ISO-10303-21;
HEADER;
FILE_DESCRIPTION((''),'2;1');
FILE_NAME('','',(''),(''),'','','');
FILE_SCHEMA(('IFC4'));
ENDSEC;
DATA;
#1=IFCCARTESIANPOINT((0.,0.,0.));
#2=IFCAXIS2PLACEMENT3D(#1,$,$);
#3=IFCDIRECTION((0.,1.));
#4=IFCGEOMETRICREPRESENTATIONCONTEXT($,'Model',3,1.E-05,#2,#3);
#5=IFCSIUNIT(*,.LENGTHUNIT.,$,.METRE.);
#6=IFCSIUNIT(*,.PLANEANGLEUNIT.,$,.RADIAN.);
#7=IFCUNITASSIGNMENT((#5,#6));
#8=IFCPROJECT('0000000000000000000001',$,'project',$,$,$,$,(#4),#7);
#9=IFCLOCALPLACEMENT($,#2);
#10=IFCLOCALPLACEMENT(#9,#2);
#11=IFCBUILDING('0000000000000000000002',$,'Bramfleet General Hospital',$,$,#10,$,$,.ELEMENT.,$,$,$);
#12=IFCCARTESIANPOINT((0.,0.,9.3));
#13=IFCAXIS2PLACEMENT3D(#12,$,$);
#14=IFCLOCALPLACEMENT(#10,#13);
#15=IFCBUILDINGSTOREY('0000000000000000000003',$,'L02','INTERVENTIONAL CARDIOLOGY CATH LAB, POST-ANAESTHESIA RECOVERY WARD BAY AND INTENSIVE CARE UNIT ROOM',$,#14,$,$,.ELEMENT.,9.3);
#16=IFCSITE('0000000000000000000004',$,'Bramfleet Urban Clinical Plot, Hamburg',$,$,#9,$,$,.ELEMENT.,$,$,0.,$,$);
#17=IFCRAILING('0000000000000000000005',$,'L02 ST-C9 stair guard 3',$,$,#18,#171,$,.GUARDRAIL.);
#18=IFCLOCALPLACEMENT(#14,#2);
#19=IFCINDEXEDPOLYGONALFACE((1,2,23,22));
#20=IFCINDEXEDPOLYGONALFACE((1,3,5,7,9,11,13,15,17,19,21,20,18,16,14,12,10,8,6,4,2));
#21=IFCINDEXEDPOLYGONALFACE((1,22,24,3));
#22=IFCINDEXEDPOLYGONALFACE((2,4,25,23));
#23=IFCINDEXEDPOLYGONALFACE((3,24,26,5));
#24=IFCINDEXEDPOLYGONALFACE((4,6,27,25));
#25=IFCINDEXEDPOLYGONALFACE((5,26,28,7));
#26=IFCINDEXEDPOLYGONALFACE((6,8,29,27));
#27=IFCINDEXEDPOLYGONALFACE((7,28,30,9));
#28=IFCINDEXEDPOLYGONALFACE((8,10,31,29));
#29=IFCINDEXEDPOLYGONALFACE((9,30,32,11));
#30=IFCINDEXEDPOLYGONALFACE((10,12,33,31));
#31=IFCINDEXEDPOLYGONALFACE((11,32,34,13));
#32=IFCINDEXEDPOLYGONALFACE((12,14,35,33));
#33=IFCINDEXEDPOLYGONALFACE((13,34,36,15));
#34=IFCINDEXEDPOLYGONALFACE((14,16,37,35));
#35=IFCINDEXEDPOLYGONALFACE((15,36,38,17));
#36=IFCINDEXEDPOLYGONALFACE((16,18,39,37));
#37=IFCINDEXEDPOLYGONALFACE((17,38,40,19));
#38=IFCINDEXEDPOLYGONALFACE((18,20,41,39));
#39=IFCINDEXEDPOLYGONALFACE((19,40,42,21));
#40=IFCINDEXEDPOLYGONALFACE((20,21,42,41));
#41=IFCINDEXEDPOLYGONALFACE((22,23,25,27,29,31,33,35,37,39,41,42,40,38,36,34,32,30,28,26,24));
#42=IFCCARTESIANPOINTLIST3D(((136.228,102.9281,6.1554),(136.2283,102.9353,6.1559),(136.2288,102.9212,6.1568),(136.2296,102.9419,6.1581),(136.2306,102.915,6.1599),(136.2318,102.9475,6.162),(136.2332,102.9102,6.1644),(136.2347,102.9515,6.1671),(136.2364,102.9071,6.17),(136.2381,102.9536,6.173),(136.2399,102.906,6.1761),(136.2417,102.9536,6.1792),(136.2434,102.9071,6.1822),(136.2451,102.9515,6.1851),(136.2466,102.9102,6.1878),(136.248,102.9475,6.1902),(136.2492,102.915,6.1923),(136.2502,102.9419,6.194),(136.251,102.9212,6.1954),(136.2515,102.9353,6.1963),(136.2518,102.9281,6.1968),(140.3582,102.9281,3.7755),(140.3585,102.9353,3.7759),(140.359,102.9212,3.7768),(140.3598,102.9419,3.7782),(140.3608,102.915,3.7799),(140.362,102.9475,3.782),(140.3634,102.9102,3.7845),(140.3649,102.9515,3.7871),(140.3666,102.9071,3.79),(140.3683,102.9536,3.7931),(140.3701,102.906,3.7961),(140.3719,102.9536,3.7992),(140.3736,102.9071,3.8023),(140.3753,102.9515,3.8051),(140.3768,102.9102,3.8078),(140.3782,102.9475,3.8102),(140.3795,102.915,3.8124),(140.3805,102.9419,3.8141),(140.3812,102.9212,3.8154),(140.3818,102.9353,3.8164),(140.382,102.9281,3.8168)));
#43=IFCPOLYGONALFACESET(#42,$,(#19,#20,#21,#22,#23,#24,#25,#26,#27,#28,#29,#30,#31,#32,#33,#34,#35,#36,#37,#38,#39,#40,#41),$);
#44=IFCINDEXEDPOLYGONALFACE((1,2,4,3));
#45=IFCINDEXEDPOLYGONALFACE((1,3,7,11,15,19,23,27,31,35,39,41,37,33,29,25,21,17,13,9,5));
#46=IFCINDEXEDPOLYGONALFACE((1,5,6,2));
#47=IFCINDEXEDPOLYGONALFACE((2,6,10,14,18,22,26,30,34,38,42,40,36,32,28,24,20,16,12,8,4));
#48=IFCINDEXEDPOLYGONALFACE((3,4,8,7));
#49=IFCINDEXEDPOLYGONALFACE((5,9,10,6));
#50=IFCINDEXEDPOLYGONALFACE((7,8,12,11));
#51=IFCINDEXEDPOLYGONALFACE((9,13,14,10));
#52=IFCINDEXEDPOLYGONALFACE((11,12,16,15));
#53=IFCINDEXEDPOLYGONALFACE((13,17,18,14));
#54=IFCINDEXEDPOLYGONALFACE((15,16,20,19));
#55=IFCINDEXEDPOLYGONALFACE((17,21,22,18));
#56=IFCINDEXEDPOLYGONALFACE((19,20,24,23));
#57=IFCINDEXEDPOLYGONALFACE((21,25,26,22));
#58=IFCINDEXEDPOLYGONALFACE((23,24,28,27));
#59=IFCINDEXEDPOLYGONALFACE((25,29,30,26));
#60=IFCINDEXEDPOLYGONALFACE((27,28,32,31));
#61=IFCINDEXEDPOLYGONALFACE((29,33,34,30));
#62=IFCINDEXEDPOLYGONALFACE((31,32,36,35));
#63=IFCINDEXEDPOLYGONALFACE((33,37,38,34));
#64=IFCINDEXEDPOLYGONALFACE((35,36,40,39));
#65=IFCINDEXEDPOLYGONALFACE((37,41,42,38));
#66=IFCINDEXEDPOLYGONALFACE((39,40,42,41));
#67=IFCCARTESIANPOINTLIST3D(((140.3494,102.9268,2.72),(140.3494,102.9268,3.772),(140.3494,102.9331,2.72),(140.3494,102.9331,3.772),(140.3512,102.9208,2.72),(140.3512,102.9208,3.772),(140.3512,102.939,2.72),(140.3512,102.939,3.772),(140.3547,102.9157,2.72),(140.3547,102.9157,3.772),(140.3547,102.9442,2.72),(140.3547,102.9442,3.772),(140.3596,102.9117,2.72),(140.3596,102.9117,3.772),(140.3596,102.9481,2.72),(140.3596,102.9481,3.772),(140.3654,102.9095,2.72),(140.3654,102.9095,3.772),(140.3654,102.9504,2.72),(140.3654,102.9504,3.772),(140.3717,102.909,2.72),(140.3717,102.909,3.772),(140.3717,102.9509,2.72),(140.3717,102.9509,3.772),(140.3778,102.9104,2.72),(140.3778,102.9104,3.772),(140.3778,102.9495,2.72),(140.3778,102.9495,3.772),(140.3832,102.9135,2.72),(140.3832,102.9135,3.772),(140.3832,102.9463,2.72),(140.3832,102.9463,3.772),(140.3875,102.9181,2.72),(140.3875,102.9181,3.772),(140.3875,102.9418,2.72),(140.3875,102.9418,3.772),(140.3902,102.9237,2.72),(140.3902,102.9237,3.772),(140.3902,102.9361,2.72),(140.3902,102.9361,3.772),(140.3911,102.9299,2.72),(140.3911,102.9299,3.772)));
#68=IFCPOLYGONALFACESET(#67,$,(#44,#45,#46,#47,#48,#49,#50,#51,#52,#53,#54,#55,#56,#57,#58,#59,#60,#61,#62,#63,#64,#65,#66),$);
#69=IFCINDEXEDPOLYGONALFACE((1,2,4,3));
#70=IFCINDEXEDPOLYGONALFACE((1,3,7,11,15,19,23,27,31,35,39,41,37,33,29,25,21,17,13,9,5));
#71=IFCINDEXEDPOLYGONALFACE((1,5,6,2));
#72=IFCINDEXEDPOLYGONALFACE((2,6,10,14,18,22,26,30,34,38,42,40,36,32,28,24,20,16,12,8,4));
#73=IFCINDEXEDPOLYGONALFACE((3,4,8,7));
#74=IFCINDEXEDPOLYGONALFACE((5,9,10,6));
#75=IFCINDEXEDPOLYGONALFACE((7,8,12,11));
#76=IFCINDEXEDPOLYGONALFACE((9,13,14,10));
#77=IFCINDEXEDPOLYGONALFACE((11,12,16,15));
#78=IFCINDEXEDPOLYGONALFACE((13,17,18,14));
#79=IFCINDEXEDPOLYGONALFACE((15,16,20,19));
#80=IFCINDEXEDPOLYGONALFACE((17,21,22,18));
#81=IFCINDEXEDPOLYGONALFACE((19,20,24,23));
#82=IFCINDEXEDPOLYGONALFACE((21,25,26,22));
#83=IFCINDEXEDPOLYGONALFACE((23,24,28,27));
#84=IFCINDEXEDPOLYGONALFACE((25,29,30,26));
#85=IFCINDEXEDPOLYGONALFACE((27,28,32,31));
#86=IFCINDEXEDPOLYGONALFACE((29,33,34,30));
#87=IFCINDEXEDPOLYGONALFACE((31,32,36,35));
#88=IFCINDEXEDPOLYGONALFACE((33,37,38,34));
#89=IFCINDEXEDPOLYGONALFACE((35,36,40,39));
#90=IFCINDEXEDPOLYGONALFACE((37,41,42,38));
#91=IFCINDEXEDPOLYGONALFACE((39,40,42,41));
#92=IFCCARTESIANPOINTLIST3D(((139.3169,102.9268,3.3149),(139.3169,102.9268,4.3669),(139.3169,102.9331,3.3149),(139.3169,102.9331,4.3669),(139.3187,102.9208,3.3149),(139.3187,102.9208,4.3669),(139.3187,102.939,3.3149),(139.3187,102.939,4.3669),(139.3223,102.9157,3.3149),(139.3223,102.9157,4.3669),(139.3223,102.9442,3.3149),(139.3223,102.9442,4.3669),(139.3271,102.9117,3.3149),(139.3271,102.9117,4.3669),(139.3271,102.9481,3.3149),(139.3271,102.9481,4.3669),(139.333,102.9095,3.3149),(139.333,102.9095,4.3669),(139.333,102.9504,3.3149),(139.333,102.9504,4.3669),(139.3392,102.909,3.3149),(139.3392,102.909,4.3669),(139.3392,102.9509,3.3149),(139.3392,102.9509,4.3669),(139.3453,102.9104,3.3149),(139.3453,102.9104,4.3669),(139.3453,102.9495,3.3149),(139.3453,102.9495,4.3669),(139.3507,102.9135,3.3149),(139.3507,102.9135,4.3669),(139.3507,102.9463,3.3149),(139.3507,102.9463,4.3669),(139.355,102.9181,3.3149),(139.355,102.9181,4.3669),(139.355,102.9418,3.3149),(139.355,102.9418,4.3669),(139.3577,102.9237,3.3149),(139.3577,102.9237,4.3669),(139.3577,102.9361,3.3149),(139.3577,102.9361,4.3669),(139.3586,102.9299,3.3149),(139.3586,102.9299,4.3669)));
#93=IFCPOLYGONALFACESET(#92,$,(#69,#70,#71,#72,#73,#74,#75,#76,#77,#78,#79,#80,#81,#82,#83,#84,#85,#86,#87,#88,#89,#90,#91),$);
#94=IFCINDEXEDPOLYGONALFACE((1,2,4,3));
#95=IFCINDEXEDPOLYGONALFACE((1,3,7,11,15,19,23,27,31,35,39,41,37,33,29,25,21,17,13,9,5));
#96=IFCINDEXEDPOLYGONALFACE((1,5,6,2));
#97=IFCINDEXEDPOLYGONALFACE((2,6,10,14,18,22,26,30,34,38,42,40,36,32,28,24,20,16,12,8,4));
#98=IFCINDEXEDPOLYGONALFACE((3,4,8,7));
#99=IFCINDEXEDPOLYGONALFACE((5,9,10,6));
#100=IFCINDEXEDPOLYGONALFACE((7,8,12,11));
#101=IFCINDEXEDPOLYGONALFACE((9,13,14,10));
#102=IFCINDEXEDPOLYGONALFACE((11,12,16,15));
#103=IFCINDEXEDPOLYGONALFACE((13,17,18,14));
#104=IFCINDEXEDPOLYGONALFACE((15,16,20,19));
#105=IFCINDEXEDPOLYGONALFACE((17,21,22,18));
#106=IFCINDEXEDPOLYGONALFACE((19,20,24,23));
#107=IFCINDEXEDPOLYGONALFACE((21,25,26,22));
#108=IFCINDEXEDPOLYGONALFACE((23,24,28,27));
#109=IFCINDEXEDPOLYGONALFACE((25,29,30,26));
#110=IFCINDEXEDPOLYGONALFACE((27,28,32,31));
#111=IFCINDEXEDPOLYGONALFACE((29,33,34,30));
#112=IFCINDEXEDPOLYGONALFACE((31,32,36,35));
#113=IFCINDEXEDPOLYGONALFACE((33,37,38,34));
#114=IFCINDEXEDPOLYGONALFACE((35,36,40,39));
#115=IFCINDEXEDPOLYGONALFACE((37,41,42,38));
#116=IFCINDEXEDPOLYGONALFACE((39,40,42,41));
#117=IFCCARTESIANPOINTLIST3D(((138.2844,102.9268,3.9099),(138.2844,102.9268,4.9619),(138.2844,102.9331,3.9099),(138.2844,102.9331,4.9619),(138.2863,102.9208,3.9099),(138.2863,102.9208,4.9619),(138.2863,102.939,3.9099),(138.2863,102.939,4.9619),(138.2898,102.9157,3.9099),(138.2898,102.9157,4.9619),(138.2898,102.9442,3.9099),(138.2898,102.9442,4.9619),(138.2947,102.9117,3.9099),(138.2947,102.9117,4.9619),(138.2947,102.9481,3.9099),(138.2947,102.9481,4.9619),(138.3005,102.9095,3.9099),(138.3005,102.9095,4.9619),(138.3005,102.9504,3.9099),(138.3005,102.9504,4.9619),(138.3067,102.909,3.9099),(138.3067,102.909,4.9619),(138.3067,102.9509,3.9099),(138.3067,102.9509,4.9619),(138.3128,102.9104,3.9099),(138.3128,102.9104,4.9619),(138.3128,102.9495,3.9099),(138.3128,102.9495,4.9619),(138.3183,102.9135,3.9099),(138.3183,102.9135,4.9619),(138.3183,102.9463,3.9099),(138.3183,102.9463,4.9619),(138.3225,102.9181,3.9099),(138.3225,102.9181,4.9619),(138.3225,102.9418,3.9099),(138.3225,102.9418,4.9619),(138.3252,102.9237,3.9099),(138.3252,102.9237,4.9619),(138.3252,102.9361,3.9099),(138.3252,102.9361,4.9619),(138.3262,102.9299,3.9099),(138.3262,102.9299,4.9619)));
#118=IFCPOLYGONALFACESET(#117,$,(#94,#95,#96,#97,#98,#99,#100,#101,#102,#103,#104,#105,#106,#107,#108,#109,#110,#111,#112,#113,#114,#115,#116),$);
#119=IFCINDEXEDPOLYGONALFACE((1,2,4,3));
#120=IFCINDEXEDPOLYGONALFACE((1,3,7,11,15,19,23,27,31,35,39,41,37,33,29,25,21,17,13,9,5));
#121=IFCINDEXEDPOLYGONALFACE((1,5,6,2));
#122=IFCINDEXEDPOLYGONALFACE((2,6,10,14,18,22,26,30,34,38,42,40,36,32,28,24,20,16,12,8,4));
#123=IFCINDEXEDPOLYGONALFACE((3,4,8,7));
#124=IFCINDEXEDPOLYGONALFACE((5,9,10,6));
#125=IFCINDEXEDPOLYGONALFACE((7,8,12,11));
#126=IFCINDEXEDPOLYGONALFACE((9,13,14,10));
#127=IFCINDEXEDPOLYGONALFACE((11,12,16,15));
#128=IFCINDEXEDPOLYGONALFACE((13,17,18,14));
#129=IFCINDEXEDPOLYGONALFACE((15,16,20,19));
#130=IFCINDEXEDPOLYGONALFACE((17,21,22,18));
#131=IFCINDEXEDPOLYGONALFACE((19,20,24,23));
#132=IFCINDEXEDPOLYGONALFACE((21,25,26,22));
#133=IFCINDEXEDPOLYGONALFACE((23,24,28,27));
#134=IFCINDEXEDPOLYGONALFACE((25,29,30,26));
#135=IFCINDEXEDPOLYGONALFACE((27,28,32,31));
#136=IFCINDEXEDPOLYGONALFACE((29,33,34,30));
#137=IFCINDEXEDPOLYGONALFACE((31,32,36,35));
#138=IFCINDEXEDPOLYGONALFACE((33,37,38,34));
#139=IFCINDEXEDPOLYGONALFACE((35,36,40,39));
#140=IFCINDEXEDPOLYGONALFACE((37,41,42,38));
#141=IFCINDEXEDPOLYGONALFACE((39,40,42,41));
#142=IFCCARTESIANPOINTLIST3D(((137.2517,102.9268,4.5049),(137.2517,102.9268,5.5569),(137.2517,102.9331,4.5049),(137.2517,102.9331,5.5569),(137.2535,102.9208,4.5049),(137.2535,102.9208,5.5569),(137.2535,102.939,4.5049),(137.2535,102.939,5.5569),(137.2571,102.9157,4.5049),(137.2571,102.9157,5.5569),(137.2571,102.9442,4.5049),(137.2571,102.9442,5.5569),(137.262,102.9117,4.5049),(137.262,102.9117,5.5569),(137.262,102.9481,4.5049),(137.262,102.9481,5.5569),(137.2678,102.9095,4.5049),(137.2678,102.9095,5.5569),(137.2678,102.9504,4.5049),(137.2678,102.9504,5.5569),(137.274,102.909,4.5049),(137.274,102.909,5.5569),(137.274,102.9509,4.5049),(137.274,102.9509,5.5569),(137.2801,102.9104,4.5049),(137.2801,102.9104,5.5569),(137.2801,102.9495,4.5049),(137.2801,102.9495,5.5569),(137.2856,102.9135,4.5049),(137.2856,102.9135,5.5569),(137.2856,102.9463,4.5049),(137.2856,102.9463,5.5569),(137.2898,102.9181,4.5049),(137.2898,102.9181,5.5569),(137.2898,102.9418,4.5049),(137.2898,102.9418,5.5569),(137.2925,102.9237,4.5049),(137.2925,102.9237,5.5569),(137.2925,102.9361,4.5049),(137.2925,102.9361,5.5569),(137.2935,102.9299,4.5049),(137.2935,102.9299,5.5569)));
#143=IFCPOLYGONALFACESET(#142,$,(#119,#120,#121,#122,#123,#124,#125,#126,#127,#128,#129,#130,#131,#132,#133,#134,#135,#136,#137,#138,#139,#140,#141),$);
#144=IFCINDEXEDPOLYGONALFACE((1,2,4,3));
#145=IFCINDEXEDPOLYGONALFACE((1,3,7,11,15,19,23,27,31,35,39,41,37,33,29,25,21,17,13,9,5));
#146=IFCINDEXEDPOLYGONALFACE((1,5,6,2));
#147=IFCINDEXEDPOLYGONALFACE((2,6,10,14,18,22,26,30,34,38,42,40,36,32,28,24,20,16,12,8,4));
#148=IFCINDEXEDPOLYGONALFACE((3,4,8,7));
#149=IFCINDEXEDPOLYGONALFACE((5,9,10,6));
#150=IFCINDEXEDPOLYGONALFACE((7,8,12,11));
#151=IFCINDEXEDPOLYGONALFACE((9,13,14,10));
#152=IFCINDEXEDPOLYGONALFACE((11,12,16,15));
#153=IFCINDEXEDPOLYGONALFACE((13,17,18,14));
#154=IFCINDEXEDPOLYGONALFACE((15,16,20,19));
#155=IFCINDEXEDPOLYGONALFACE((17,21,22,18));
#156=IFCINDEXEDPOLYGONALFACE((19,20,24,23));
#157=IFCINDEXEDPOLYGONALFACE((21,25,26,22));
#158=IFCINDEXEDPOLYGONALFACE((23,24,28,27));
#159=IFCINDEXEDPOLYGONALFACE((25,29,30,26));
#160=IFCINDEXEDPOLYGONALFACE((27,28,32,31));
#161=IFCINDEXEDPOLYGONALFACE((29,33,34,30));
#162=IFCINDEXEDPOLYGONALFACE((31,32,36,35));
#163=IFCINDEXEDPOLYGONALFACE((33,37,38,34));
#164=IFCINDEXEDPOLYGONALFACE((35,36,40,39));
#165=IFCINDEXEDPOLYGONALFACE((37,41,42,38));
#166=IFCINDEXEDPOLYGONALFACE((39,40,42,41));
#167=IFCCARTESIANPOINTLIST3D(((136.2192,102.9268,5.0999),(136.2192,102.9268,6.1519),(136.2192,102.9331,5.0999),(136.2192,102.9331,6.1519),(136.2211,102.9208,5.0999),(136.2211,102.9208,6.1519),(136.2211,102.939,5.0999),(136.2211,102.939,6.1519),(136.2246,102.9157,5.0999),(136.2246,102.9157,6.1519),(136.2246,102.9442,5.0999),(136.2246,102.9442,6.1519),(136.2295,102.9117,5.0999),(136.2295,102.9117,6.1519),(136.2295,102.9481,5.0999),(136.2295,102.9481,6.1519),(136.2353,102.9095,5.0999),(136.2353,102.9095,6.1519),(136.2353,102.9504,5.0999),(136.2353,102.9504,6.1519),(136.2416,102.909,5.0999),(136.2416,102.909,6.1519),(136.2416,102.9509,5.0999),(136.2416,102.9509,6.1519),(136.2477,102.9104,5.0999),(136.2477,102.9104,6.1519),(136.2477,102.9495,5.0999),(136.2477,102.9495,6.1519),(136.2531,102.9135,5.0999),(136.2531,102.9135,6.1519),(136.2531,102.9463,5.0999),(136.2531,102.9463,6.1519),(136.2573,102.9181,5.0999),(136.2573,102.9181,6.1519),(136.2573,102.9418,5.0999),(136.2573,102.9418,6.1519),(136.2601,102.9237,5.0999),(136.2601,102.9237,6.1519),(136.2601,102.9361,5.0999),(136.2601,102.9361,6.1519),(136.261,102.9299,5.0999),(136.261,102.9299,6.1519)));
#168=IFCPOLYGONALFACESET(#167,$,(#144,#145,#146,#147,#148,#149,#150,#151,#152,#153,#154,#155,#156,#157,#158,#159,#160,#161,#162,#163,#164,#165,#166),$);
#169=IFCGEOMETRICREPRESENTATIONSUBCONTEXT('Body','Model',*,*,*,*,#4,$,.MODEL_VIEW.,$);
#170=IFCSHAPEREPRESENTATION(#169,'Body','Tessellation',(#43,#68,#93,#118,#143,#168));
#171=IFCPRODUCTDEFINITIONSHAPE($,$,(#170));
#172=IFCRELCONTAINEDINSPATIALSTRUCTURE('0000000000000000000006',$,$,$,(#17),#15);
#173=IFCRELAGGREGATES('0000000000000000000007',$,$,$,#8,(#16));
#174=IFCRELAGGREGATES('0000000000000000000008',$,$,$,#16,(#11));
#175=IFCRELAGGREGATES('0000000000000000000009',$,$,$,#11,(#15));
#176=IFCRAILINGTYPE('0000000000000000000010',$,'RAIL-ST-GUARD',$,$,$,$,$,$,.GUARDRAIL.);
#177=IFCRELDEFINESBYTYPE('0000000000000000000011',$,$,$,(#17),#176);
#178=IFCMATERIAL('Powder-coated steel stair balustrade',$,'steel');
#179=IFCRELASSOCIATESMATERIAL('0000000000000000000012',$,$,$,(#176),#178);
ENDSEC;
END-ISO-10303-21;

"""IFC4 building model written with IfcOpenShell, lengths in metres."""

from ifc_helpers import new_model, si_unit, direction, frame, origin, origin_2d, place, context, subcontext, project, spatial, circle, extrude, material, type_object, element, save


model = new_model("IFC4")

# Units and contexts
model_context = context("Model", 3, precision=1e-05, world=origin(), true_north=direction((0.0, 1.0)))
body_context = subcontext(model_context, "Body", "Model", "MODEL_VIEW")
ifc_project = project(units=[si_unit("LENGTHUNIT", "METRE"), si_unit("PLANEANGLEUNIT", "RADIAN")], contexts=[model_context])

# Site, building, storey
site_placement = place(None, origin())
site = spatial("IfcSite", under=ifc_project, at=site_placement, Name="Bramfleet Urban Clinical Plot, Hamburg", CompositionType="ELEMENT", RefElevation=0.0)
building_placement = place(site_placement, origin())
building = spatial("IfcBuilding", under=site, at=building_placement, Name="Bramfleet General Hospital", CompositionType="ELEMENT")
storey_placement = place(building_placement, frame((0.0, 0.0, 9.3)))
storey = spatial("IfcBuildingStorey", under=building, at=storey_placement, Name="L02", Description="INTERVENTIONAL CARDIOLOGY CATH LAB, POST-ANAESTHESIA RECOVERY WARD BAY AND INTENSIVE CARE UNIT ROOM", CompositionType="ELEMENT", Elevation=9.3)

# Railing
ifc_material_1 = material(Name="Powder-coated steel stair balustrade", Category="steel")
railing_type_1 = type_object("IfcRailingType", Name="RAIL-ST-GUARD", PredefinedType="GUARDRAIL", material=ifc_material_1)
railing_1_placement = place(storey_placement, frame((140.3701, 102.9299, 2.72)))
element("IfcRailing", 1, at=railing_1_placement, inside=storey, type_object=railing_type_1, Name="L02 ST-C9 stair guard 3", PredefinedType="GUARDRAIL", context=body_context, shape_type="SweptSolid", body=[
    extrude(circle(Radius=0.0239, at=origin_2d()), frame((0.0, 0.0, 1.0762), z_axis=(-0.866447, 0.0, 0.499269), x_axis=(0.0, -1.0, 0.0)), (0.0, 0.0, 1.0), 4.7668),
    extrude(circle(Radius=0.021, at=origin_2d()), origin(), (0.0, 0.0, 1.0), 1.052),
    extrude(circle(Radius=0.021, at=origin_2d()), frame((-1.0325, 0.0, 0.595)), (0.0, 0.0, 1.0), 1.052),
    extrude(circle(Radius=0.021, at=origin_2d()), frame((-2.0649, 0.0, 1.1899)), (0.0, 0.0, 1.0), 1.052),
    extrude(circle(Radius=0.021, at=origin_2d()), frame((-3.0977, 0.0, 1.7849)), (0.0, 0.0, 1.0), 1.052),
    extrude(circle(Radius=0.021, at=origin_2d()), frame((-4.1301, 0.0, 2.3799)), (0.0, 0.0, 1.0), 1.052),
])

save(model, "model.ifc")
